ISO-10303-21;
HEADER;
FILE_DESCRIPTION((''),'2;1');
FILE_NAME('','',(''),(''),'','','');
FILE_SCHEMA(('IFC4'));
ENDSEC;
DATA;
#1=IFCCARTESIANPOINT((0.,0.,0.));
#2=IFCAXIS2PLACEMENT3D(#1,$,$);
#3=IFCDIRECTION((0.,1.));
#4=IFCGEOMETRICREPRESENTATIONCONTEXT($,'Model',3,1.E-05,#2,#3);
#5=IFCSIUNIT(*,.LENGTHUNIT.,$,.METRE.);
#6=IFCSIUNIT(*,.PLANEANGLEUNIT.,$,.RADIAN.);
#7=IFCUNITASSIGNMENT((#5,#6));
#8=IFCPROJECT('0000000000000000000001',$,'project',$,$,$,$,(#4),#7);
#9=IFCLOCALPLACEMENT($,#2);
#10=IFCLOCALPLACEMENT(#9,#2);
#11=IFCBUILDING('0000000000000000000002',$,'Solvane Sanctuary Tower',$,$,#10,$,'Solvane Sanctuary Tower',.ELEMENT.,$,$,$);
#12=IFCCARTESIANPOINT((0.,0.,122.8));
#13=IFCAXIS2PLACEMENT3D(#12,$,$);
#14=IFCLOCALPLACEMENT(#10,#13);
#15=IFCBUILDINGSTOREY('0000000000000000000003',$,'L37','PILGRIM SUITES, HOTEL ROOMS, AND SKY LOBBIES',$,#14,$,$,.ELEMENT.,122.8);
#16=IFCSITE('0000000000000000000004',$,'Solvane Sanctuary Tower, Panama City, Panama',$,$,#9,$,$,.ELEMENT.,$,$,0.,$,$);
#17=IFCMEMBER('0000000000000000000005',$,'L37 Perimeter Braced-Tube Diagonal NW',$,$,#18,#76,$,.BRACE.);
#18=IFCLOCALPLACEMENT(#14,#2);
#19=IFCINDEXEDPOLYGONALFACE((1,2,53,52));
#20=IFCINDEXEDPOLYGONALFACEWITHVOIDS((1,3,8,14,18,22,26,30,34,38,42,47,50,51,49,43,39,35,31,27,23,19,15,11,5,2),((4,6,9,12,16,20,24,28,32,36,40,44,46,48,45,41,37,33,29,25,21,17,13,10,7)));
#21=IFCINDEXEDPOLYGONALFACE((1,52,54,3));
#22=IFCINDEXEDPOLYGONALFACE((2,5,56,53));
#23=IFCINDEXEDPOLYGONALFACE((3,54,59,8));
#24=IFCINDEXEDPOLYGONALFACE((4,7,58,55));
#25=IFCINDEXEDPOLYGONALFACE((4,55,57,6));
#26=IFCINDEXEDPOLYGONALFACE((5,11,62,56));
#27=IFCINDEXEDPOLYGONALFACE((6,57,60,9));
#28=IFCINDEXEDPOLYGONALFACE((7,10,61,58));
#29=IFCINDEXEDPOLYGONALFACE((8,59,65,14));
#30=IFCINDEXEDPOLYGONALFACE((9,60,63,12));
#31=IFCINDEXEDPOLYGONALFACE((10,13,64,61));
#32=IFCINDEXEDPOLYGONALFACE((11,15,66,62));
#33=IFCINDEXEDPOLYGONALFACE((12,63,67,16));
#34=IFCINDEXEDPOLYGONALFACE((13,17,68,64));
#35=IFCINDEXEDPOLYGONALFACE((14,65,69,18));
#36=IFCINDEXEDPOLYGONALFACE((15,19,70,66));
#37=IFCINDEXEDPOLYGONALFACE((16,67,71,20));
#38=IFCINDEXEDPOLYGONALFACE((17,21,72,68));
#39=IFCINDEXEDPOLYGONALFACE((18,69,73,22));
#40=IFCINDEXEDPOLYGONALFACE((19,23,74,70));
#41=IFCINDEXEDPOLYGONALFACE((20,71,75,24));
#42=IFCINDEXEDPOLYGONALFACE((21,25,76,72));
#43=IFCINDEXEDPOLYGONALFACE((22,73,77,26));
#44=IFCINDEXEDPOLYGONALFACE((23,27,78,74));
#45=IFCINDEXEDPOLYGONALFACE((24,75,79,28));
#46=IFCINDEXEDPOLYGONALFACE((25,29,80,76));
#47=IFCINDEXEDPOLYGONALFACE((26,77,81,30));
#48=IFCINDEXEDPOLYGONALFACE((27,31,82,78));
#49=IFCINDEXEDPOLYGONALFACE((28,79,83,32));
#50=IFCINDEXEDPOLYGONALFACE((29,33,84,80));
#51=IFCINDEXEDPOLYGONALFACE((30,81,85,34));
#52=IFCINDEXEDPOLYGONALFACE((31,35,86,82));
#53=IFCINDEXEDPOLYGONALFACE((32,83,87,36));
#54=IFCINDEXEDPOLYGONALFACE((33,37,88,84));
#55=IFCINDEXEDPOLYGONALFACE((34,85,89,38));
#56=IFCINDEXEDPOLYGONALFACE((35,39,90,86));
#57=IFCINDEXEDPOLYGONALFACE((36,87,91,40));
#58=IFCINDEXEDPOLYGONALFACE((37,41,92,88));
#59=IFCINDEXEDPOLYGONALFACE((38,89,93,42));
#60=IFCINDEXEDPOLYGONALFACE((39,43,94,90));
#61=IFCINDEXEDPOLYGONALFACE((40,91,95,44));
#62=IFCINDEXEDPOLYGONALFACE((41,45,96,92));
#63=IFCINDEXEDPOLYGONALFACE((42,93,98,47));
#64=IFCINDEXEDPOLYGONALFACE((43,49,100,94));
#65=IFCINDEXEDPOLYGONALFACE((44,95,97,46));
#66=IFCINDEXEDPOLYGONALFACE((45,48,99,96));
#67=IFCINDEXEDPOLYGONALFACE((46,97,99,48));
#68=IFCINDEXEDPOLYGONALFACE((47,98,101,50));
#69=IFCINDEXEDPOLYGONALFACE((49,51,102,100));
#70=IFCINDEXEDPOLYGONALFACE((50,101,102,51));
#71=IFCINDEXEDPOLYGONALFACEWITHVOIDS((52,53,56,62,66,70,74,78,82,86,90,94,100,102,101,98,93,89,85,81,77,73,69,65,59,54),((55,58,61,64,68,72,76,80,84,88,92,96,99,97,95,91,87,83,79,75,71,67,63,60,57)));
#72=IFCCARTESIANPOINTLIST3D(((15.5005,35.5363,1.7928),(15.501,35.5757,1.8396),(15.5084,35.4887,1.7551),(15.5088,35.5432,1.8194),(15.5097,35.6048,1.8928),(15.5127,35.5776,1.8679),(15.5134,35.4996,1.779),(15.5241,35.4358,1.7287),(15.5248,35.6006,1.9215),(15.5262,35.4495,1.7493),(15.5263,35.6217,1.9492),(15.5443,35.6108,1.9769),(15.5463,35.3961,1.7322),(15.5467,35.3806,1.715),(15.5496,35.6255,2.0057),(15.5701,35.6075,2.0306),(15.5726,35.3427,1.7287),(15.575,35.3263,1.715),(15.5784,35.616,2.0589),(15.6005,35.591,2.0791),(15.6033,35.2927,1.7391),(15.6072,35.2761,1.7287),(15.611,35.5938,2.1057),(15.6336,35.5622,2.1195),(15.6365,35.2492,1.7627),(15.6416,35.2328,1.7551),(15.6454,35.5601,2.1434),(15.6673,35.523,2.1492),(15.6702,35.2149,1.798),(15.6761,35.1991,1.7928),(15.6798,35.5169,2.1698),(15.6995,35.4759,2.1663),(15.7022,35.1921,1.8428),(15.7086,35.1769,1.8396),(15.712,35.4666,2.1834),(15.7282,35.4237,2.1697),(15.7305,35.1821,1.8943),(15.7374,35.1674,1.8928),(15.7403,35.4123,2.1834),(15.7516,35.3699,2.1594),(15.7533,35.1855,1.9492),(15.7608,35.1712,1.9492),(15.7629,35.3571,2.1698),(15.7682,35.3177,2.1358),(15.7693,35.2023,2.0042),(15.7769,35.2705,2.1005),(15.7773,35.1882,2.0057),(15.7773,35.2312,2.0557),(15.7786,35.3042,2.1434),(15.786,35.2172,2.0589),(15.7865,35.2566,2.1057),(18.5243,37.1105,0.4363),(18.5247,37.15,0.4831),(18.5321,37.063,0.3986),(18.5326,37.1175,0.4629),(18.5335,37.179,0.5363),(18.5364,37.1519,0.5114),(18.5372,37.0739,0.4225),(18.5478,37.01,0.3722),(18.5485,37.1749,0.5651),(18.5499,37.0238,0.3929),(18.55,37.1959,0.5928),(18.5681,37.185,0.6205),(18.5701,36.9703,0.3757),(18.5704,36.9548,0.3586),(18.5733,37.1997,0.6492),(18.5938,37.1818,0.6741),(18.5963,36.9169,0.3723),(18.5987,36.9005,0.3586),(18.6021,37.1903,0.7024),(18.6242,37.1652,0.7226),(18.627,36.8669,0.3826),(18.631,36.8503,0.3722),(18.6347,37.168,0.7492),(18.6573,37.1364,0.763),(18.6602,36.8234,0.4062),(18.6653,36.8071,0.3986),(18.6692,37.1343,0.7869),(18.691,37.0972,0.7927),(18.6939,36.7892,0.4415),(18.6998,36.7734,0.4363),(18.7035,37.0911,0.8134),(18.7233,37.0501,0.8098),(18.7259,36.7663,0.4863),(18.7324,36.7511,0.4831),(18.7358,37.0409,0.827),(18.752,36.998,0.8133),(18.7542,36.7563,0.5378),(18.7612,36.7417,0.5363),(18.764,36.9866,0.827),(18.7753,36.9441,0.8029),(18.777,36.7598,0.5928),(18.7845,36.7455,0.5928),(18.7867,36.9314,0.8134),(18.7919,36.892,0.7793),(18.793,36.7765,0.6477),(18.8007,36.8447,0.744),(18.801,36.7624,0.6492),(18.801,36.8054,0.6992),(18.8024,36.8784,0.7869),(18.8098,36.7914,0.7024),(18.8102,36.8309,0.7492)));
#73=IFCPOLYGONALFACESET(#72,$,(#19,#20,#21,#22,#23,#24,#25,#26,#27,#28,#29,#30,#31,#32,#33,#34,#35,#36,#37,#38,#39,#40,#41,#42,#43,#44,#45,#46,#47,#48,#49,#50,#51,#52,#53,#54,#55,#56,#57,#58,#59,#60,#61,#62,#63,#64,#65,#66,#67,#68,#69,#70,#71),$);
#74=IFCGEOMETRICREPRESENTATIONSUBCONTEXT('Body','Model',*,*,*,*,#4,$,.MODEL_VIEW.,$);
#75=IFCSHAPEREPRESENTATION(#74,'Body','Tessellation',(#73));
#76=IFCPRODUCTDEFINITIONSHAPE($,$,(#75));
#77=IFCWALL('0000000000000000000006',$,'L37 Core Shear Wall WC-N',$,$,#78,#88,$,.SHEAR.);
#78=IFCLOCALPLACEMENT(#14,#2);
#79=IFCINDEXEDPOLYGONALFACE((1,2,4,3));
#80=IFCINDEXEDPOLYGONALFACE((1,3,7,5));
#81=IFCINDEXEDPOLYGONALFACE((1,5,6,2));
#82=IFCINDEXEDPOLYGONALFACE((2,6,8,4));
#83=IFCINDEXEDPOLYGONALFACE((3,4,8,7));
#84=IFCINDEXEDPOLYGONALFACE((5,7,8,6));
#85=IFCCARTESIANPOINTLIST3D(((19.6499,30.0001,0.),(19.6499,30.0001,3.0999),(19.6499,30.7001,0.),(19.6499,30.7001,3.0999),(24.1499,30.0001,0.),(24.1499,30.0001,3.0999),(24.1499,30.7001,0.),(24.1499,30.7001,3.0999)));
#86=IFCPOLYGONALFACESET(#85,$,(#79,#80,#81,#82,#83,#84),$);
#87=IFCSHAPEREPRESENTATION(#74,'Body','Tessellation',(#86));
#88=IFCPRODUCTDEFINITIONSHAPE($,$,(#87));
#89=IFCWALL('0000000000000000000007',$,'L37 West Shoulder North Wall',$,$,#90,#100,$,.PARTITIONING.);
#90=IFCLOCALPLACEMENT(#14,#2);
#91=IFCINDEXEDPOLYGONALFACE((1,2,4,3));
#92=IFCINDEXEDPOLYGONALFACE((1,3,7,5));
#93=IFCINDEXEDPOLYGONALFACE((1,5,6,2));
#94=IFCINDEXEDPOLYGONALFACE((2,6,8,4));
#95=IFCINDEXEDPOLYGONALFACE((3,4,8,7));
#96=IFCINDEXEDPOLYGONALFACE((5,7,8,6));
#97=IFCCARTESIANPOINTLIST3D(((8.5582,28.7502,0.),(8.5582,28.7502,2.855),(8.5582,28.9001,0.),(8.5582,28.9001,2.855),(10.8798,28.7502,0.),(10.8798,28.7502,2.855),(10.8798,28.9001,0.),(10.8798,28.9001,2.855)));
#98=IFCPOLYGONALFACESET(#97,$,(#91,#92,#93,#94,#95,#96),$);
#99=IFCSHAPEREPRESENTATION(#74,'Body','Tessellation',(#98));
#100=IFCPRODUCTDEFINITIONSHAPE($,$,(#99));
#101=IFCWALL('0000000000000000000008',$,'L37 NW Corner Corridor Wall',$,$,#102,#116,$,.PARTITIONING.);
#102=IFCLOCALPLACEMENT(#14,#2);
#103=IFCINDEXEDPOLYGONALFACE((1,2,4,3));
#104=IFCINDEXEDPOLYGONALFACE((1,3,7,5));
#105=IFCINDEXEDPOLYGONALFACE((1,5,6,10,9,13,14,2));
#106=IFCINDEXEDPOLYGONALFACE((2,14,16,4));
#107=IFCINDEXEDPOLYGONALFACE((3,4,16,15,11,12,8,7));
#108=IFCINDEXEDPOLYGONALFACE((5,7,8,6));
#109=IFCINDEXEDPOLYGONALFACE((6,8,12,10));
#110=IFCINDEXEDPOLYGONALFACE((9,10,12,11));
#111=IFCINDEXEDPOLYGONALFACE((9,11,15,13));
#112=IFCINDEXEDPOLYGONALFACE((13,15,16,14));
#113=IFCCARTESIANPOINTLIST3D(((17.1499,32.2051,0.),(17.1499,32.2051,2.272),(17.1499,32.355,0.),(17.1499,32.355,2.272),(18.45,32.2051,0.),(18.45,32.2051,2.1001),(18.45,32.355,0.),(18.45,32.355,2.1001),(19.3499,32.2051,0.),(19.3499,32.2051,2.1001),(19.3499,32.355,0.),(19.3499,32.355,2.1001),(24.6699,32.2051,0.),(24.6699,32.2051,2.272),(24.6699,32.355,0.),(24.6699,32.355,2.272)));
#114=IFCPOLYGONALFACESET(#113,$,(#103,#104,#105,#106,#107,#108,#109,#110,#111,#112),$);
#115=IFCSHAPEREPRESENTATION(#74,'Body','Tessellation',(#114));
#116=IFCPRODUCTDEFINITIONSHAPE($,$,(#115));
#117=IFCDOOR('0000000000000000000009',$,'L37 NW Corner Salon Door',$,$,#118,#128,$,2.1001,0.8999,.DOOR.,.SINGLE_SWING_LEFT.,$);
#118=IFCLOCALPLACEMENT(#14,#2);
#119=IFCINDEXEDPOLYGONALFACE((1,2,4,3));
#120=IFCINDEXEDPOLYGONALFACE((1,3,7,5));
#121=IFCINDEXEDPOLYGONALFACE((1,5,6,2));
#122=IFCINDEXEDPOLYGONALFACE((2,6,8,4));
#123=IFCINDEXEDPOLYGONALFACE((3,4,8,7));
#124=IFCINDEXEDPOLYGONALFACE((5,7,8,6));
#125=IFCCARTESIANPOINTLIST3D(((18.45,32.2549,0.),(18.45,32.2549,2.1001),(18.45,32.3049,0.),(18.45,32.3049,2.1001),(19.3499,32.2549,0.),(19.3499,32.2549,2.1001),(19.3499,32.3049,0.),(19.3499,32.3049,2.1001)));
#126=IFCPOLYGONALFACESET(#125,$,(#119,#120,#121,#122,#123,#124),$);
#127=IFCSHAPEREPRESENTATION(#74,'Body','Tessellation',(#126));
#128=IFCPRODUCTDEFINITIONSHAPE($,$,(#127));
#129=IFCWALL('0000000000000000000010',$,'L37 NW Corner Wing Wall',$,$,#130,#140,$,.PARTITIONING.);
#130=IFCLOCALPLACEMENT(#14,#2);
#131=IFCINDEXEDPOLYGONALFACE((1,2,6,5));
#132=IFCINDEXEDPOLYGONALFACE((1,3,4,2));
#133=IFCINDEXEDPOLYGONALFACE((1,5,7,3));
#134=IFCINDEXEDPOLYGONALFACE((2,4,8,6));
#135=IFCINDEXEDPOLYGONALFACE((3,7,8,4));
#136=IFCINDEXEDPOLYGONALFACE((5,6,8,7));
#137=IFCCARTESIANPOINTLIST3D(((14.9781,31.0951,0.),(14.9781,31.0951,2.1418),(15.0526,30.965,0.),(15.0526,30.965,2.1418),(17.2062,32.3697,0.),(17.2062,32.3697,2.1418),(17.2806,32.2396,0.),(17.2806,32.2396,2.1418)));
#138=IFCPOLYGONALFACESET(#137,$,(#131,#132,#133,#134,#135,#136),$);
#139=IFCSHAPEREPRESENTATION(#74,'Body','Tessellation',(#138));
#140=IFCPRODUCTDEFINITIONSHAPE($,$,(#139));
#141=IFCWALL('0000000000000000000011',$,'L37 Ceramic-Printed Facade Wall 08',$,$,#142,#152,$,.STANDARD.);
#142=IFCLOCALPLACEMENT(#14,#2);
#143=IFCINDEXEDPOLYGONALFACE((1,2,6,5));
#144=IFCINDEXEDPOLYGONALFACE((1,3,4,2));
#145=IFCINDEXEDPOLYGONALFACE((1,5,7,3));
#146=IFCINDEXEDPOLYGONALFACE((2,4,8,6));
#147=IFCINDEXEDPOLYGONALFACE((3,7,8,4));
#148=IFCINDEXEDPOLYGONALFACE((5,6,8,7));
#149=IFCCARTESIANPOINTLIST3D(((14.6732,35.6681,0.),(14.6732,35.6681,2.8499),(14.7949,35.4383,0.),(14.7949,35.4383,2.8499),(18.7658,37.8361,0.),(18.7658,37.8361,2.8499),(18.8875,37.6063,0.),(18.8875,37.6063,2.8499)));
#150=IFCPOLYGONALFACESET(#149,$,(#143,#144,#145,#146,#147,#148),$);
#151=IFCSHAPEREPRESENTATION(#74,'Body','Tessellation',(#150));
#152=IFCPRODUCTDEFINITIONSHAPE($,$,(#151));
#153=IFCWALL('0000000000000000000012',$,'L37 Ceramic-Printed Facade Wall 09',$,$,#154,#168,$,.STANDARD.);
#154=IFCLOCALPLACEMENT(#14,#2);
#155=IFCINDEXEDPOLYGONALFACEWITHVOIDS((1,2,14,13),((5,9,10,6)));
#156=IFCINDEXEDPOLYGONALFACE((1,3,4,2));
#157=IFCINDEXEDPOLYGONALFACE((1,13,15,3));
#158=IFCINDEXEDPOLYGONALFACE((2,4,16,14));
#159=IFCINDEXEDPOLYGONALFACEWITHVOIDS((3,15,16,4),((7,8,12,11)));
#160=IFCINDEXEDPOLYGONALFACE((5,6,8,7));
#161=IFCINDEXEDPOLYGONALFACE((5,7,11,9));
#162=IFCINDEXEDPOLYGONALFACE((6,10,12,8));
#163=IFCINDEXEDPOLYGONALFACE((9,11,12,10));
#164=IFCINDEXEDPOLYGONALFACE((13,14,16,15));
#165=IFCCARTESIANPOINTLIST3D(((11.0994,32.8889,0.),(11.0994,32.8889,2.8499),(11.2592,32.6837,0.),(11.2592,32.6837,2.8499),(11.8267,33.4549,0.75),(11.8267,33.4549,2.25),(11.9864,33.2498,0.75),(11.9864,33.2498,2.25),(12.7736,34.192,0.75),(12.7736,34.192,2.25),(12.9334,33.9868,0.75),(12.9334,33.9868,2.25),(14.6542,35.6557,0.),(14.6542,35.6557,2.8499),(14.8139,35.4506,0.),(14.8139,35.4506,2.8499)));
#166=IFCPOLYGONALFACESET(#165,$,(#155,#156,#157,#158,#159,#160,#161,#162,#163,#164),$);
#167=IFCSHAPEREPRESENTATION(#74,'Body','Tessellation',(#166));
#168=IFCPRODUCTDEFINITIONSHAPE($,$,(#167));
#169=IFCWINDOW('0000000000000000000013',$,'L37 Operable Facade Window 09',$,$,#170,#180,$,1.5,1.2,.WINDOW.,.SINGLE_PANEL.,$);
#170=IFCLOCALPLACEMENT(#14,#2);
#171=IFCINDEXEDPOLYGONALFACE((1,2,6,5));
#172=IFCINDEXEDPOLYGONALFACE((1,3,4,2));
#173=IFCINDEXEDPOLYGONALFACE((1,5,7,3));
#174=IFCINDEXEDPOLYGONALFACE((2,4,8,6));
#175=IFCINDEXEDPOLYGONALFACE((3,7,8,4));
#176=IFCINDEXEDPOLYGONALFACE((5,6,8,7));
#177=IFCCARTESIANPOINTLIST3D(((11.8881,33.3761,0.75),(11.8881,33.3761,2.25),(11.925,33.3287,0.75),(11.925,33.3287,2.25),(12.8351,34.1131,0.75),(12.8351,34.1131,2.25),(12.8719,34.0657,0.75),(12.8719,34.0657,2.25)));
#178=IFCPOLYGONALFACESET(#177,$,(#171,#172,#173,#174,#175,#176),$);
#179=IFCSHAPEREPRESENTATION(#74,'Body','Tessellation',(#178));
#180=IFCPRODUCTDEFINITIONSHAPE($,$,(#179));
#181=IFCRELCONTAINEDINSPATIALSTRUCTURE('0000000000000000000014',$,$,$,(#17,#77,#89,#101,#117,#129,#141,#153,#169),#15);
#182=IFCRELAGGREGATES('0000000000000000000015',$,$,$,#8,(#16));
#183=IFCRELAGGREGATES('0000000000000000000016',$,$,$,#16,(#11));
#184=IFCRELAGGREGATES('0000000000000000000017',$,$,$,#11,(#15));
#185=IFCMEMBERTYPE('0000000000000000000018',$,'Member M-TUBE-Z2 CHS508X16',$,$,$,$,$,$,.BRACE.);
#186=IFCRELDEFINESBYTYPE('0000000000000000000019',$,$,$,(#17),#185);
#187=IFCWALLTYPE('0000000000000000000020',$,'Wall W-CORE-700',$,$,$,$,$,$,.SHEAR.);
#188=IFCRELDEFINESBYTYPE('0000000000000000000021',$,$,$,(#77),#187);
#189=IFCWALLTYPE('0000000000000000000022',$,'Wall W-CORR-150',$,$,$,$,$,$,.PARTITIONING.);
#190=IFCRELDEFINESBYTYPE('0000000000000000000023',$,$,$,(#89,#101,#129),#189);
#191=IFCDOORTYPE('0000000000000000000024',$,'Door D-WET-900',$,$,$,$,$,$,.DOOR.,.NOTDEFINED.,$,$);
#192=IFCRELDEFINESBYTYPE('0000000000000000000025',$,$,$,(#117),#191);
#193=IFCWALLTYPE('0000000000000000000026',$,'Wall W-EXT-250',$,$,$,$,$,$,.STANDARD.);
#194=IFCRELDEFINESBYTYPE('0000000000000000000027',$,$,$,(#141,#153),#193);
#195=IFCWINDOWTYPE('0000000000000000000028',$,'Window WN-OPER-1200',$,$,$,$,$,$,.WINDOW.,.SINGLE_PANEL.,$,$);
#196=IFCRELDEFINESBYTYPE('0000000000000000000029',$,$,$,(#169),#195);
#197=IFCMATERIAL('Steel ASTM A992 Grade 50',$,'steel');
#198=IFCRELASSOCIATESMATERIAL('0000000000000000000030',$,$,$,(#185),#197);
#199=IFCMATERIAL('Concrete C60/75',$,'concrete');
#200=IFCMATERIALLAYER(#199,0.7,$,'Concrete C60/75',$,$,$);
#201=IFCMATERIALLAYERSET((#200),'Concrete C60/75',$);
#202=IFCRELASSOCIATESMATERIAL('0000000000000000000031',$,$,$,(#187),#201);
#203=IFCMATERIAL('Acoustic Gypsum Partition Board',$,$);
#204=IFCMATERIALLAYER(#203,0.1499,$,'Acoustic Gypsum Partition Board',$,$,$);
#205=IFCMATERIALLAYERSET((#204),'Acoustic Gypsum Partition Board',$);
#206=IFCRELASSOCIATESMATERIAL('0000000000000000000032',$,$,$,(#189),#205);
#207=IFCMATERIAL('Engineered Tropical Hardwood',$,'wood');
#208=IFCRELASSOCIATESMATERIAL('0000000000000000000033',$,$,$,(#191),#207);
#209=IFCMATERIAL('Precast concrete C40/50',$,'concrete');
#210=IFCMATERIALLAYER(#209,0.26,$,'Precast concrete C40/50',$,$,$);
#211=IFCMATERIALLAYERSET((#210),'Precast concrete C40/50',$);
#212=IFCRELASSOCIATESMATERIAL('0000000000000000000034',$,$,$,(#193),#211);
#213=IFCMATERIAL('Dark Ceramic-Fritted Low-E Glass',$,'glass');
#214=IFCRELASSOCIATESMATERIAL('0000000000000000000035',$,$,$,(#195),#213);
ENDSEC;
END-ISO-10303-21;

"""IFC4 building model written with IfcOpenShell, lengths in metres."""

from ifc_helpers import new_model, si_unit, direction, frame, frame_2d, origin, origin_2d, place, context, subcontext, project, spatial, rectangle, hollow_circle, extrude, material, layer, layer_set, material_profile, profile_set, type_object, element, fill, save


model = new_model("IFC4")

# Units and contexts
model_context = context("Model", 3, precision=1e-05, world=origin(), true_north=direction((0.0, 1.0)))
body_context = subcontext(model_context, "Body", "Model", "MODEL_VIEW")
ifc_project = project(units=[si_unit("LENGTHUNIT", "METRE"), si_unit("PLANEANGLEUNIT", "RADIAN")], contexts=[model_context])

# Site, building, storey
site_placement = place(None, origin())
site = spatial("IfcSite", under=ifc_project, at=site_placement, Name="Solvane Sanctuary Tower, Panama City, Panama", CompositionType="ELEMENT", RefElevation=0.0)
building_placement = place(site_placement, origin())
building = spatial("IfcBuilding", under=site, at=building_placement, Name="Solvane Sanctuary Tower", LongName="Solvane Sanctuary Tower", CompositionType="ELEMENT")
storey_placement = place(building_placement, frame((0.0, 0.0, 122.8)))
storey = spatial("IfcBuildingStorey", under=building, at=storey_placement, Name="L37", Description="PILGRIM SUITES, HOTEL ROOMS, AND SKY LOBBIES", CompositionType="ELEMENT", Elevation=122.8)

# Shared definitions
ifc_material_1 = material(Name="Concrete C60/75", Category="concrete")

# Shared definitions
ifc_material_2 = material(Name="Steel ASTM A992 Grade 50", Category="steel")

# Member
ifc_material_profile_1 = material_profile(ifc_material_2, hollow_circle(Radius=0.2539, WallThickness=0.0161, at=origin_2d()), Name="CHS508X16")
ifc_profile_set_1 = profile_set([ifc_material_profile_1], Name="Steel ASTM A992 Grade 50")
member_type = type_object("IfcMemberType", Name="Member M-TUBE-Z2 CHS508X16", PredefinedType="BRACE", material=ifc_profile_set_1)
member_placement = place(storey_placement, frame((18.6672, 36.9707, 0.5928), z_axis=(-0.824141, -0.429072, 0.369715), x_axis=(0.461792, -0.886988, 0.0)))
element("IfcMember", 1, at=member_placement, inside=storey, type_object=member_type, Name="L37 Perimeter Braced-Tube Diagonal NW", PredefinedType="BRACE", context=body_context, shape_type="SweptSolid", body=[
    extrude(hollow_circle(Radius=0.2539, WallThickness=0.0161, at=origin_2d()), origin(), (0.0, 0.0, 1.0), 3.6689),
])

# Walls
ifc_layer_1 = layer(ifc_material_1, 0.7, Name="Concrete C60/75")
ifc_layer_set_1 = layer_set([ifc_layer_1], Name="Concrete C60/75")
wall_type_1 = type_object("IfcWallType", Name="Wall W-CORE-700", PredefinedType="SHEAR", material=ifc_layer_set_1)
wall_1_placement = place(storey_placement, frame((19.6499, 30.3501, 0.0), z_axis=(0.0, 0.0, 1.0), x_axis=(1.0, 0.0, 0.0)))
element("IfcWall", 2, at=wall_1_placement, inside=storey, type_object=wall_type_1, Name="L37 Core Shear Wall WC-N", PredefinedType="SHEAR", context=body_context, shape_type="SweptSolid", body=[
    extrude(rectangle(XDim=4.5, YDim=0.7, at=frame_2d((2.25, 0.0))), origin(), (0.0, 0.0, 1.0), 3.0999),
])
ifc_material_3 = material(Name="Acoustic Gypsum Partition Board")
ifc_layer_2 = layer(ifc_material_3, 0.1499, Name="Acoustic Gypsum Partition Board")
ifc_layer_set_2 = layer_set([ifc_layer_2], Name="Acoustic Gypsum Partition Board")
wall_type_2 = type_object("IfcWallType", Name="Wall W-CORR-150", PredefinedType="PARTITIONING", material=ifc_layer_set_2)
wall_2_placement = place(storey_placement, frame((8.5583, 28.8252, 0.0), z_axis=(0.0, 0.0, 1.0), x_axis=(1.0, 0.0, 0.0)))
element("IfcWall", 3, at=wall_2_placement, inside=storey, type_object=wall_type_2, Name="L37 West Shoulder North Wall", PredefinedType="PARTITIONING", context=body_context, shape_type="SweptSolid", body=[
    extrude(rectangle(XDim=2.3215, YDim=0.1499, at=frame_2d((1.1606, 0.0))), origin(), (0.0, 0.0, 1.0), 2.855),
])

# Wall, opening, door
wall_3_placement = place(storey_placement, frame((17.1499, 32.28, 0.0), z_axis=(0.0, 0.0, 1.0), x_axis=(1.0, 0.0, 0.0)))
wall_3 = element("IfcWall", 4, at=wall_3_placement, inside=storey, type_object=wall_type_2, Name="L37 NW Corner Corridor Wall", PredefinedType="PARTITIONING", context=body_context, shape_type="SweptSolid", body=[
    extrude(rectangle(XDim=7.52, YDim=0.1499, at=frame_2d((3.76, 0.0))), origin(), (0.0, 0.0, 1.0), 2.272),
])
opening_1_placement = place(wall_3_placement, frame((1.3, 0.0, 0.0)))
opening_1 = element("IfcOpeningElement", 5, at=opening_1_placement, cuts=wall_3, PredefinedType="OPENING", context=body_context, shape_type="SweptSolid", body=[
    extrude(rectangle(XDim=0.8999, YDim=2.1001, at=frame_2d((0.45, 1.05))), frame((0.0, 0.085, 0.0), z_axis=(0.0, -1.0, 0.0), x_axis=(1.0, 0.0, 0.0)), (0.0, 0.0, 1.0), 0.1699),
])
ifc_material_4 = material(Name="Engineered Tropical Hardwood", Category="wood")
door_type_1 = type_object("IfcDoorType", Name="Door D-WET-900", OperationType="NOTDEFINED", PredefinedType="DOOR", material=ifc_material_4)
door_1_placement = place(opening_1_placement, origin())
door_1 = element("IfcDoor", 6, at=door_1_placement, inside=storey, type_object=door_type_1, Name="L37 NW Corner Salon Door", OperationType="SINGLE_SWING_LEFT", OverallHeight=2.1001, OverallWidth=0.8999, PredefinedType="DOOR", context=body_context, shape_type="SweptSolid", body=[
    extrude(rectangle(XDim=0.8999, YDim=2.1001, at=frame_2d((0.45, 1.05))), frame((0.0, 0.0249, 0.0), z_axis=(0.0, -1.0, 0.0), x_axis=(1.0, 0.0, 0.0)), (0.0, 0.0, 1.0), 0.05),
])
fill(opening_1, door_1)

# Walls
wall_4_placement = place(storey_placement, frame((17.2434, 32.3047, 0.0), z_axis=(0.0, 0.0, 1.0), x_axis=(-0.867991, -0.496579, 0.0)))
element("IfcWall", 7, at=wall_4_placement, inside=storey, type_object=wall_type_2, Name="L37 NW Corner Wing Wall", PredefinedType="PARTITIONING", context=body_context, shape_type="SweptSolid", body=[
    extrude(rectangle(XDim=2.5669, YDim=0.1499, at=frame_2d((1.2834, 0.0))), origin(), (0.0, 0.0, 1.0), 2.1418),
])
ifc_material_5 = material(Name="Precast concrete C40/50", Category="concrete")
ifc_layer_3 = layer(ifc_material_5, 0.26, Name="Precast concrete C40/50")
ifc_layer_set_3 = layer_set([ifc_layer_3], Name="Precast concrete C40/50")
wall_type_3 = type_object("IfcWallType", Name="Wall W-EXT-250", PredefinedType="STANDARD", material=ifc_layer_set_3)
wall_5_placement = place(storey_placement, frame((18.8267, 37.7212, 0.0), z_axis=(0.0, 0.0, 1.0), x_axis=(-0.883669, -0.468113, 0.0)))
element("IfcWall", 8, at=wall_5_placement, inside=storey, type_object=wall_type_3, Name="L37 Ceramic-Printed Facade Wall 08", PredefinedType="STANDARD", context=body_context, shape_type="SweptSolid", body=[
    extrude(rectangle(XDim=4.6313, YDim=0.26, at=frame_2d((2.3157, 0.0))), origin(), (0.0, 0.0, 1.0), 2.8499),
])

# Wall, opening, window
wall_6_placement = place(storey_placement, frame((14.7341, 35.5532, 0.0), z_axis=(0.0, 0.0, 1.0), x_axis=(-0.789127, -0.614229, 0.0)))
wall_6 = element("IfcWall", 9, at=wall_6_placement, inside=storey, type_object=wall_type_3, Name="L37 Ceramic-Printed Facade Wall 09", PredefinedType="STANDARD", context=body_context, shape_type="SweptSolid", body=[
    extrude(rectangle(XDim=4.5046, YDim=0.26, at=frame_2d((2.2524, 0.0))), origin(), (0.0, 0.0, 1.0), 2.8499),
])
opening_2_placement = place(wall_6_placement, frame((2.3831, 0.0, 0.75)))
opening_2 = element("IfcOpeningElement", 10, at=opening_2_placement, cuts=wall_6, PredefinedType="OPENING", context=body_context, shape_type="SweptSolid", body=[
    extrude(rectangle(XDim=1.2, YDim=1.5, at=frame_2d((0.6001, 0.75))), frame((0.0, 0.1399, 0.0), z_axis=(0.0, -1.0, 0.0), x_axis=(1.0, 0.0, 0.0)), (0.0, 0.0, 1.0), 0.28),
])
ifc_material_6 = material(Name="Dark Ceramic-Fritted Low-E Glass", Category="glass")
window_type_1 = type_object("IfcWindowType", Name="Window WN-OPER-1200", PartitioningType="SINGLE_PANEL", PredefinedType="WINDOW", material=ifc_material_6)
window_1_placement = place(opening_2_placement, origin())
window_1 = element("IfcWindow", 11, at=window_1_placement, inside=storey, type_object=window_type_1, Name="L37 Operable Facade Window 09", OverallHeight=1.5, OverallWidth=1.2, PartitioningType="SINGLE_PANEL", PredefinedType="WINDOW", context=body_context, shape_type="SweptSolid", body=[
    extrude(rectangle(XDim=1.2, YDim=1.5, at=frame_2d((0.6001, 0.75))), frame((0.0, 0.03, 0.0), z_axis=(0.0, -1.0, 0.0), x_axis=(1.0, 0.0, 0.0)), (0.0, 0.0, 1.0), 0.0601),
])
fill(opening_2, window_1)

save(model, "model.ifc")
